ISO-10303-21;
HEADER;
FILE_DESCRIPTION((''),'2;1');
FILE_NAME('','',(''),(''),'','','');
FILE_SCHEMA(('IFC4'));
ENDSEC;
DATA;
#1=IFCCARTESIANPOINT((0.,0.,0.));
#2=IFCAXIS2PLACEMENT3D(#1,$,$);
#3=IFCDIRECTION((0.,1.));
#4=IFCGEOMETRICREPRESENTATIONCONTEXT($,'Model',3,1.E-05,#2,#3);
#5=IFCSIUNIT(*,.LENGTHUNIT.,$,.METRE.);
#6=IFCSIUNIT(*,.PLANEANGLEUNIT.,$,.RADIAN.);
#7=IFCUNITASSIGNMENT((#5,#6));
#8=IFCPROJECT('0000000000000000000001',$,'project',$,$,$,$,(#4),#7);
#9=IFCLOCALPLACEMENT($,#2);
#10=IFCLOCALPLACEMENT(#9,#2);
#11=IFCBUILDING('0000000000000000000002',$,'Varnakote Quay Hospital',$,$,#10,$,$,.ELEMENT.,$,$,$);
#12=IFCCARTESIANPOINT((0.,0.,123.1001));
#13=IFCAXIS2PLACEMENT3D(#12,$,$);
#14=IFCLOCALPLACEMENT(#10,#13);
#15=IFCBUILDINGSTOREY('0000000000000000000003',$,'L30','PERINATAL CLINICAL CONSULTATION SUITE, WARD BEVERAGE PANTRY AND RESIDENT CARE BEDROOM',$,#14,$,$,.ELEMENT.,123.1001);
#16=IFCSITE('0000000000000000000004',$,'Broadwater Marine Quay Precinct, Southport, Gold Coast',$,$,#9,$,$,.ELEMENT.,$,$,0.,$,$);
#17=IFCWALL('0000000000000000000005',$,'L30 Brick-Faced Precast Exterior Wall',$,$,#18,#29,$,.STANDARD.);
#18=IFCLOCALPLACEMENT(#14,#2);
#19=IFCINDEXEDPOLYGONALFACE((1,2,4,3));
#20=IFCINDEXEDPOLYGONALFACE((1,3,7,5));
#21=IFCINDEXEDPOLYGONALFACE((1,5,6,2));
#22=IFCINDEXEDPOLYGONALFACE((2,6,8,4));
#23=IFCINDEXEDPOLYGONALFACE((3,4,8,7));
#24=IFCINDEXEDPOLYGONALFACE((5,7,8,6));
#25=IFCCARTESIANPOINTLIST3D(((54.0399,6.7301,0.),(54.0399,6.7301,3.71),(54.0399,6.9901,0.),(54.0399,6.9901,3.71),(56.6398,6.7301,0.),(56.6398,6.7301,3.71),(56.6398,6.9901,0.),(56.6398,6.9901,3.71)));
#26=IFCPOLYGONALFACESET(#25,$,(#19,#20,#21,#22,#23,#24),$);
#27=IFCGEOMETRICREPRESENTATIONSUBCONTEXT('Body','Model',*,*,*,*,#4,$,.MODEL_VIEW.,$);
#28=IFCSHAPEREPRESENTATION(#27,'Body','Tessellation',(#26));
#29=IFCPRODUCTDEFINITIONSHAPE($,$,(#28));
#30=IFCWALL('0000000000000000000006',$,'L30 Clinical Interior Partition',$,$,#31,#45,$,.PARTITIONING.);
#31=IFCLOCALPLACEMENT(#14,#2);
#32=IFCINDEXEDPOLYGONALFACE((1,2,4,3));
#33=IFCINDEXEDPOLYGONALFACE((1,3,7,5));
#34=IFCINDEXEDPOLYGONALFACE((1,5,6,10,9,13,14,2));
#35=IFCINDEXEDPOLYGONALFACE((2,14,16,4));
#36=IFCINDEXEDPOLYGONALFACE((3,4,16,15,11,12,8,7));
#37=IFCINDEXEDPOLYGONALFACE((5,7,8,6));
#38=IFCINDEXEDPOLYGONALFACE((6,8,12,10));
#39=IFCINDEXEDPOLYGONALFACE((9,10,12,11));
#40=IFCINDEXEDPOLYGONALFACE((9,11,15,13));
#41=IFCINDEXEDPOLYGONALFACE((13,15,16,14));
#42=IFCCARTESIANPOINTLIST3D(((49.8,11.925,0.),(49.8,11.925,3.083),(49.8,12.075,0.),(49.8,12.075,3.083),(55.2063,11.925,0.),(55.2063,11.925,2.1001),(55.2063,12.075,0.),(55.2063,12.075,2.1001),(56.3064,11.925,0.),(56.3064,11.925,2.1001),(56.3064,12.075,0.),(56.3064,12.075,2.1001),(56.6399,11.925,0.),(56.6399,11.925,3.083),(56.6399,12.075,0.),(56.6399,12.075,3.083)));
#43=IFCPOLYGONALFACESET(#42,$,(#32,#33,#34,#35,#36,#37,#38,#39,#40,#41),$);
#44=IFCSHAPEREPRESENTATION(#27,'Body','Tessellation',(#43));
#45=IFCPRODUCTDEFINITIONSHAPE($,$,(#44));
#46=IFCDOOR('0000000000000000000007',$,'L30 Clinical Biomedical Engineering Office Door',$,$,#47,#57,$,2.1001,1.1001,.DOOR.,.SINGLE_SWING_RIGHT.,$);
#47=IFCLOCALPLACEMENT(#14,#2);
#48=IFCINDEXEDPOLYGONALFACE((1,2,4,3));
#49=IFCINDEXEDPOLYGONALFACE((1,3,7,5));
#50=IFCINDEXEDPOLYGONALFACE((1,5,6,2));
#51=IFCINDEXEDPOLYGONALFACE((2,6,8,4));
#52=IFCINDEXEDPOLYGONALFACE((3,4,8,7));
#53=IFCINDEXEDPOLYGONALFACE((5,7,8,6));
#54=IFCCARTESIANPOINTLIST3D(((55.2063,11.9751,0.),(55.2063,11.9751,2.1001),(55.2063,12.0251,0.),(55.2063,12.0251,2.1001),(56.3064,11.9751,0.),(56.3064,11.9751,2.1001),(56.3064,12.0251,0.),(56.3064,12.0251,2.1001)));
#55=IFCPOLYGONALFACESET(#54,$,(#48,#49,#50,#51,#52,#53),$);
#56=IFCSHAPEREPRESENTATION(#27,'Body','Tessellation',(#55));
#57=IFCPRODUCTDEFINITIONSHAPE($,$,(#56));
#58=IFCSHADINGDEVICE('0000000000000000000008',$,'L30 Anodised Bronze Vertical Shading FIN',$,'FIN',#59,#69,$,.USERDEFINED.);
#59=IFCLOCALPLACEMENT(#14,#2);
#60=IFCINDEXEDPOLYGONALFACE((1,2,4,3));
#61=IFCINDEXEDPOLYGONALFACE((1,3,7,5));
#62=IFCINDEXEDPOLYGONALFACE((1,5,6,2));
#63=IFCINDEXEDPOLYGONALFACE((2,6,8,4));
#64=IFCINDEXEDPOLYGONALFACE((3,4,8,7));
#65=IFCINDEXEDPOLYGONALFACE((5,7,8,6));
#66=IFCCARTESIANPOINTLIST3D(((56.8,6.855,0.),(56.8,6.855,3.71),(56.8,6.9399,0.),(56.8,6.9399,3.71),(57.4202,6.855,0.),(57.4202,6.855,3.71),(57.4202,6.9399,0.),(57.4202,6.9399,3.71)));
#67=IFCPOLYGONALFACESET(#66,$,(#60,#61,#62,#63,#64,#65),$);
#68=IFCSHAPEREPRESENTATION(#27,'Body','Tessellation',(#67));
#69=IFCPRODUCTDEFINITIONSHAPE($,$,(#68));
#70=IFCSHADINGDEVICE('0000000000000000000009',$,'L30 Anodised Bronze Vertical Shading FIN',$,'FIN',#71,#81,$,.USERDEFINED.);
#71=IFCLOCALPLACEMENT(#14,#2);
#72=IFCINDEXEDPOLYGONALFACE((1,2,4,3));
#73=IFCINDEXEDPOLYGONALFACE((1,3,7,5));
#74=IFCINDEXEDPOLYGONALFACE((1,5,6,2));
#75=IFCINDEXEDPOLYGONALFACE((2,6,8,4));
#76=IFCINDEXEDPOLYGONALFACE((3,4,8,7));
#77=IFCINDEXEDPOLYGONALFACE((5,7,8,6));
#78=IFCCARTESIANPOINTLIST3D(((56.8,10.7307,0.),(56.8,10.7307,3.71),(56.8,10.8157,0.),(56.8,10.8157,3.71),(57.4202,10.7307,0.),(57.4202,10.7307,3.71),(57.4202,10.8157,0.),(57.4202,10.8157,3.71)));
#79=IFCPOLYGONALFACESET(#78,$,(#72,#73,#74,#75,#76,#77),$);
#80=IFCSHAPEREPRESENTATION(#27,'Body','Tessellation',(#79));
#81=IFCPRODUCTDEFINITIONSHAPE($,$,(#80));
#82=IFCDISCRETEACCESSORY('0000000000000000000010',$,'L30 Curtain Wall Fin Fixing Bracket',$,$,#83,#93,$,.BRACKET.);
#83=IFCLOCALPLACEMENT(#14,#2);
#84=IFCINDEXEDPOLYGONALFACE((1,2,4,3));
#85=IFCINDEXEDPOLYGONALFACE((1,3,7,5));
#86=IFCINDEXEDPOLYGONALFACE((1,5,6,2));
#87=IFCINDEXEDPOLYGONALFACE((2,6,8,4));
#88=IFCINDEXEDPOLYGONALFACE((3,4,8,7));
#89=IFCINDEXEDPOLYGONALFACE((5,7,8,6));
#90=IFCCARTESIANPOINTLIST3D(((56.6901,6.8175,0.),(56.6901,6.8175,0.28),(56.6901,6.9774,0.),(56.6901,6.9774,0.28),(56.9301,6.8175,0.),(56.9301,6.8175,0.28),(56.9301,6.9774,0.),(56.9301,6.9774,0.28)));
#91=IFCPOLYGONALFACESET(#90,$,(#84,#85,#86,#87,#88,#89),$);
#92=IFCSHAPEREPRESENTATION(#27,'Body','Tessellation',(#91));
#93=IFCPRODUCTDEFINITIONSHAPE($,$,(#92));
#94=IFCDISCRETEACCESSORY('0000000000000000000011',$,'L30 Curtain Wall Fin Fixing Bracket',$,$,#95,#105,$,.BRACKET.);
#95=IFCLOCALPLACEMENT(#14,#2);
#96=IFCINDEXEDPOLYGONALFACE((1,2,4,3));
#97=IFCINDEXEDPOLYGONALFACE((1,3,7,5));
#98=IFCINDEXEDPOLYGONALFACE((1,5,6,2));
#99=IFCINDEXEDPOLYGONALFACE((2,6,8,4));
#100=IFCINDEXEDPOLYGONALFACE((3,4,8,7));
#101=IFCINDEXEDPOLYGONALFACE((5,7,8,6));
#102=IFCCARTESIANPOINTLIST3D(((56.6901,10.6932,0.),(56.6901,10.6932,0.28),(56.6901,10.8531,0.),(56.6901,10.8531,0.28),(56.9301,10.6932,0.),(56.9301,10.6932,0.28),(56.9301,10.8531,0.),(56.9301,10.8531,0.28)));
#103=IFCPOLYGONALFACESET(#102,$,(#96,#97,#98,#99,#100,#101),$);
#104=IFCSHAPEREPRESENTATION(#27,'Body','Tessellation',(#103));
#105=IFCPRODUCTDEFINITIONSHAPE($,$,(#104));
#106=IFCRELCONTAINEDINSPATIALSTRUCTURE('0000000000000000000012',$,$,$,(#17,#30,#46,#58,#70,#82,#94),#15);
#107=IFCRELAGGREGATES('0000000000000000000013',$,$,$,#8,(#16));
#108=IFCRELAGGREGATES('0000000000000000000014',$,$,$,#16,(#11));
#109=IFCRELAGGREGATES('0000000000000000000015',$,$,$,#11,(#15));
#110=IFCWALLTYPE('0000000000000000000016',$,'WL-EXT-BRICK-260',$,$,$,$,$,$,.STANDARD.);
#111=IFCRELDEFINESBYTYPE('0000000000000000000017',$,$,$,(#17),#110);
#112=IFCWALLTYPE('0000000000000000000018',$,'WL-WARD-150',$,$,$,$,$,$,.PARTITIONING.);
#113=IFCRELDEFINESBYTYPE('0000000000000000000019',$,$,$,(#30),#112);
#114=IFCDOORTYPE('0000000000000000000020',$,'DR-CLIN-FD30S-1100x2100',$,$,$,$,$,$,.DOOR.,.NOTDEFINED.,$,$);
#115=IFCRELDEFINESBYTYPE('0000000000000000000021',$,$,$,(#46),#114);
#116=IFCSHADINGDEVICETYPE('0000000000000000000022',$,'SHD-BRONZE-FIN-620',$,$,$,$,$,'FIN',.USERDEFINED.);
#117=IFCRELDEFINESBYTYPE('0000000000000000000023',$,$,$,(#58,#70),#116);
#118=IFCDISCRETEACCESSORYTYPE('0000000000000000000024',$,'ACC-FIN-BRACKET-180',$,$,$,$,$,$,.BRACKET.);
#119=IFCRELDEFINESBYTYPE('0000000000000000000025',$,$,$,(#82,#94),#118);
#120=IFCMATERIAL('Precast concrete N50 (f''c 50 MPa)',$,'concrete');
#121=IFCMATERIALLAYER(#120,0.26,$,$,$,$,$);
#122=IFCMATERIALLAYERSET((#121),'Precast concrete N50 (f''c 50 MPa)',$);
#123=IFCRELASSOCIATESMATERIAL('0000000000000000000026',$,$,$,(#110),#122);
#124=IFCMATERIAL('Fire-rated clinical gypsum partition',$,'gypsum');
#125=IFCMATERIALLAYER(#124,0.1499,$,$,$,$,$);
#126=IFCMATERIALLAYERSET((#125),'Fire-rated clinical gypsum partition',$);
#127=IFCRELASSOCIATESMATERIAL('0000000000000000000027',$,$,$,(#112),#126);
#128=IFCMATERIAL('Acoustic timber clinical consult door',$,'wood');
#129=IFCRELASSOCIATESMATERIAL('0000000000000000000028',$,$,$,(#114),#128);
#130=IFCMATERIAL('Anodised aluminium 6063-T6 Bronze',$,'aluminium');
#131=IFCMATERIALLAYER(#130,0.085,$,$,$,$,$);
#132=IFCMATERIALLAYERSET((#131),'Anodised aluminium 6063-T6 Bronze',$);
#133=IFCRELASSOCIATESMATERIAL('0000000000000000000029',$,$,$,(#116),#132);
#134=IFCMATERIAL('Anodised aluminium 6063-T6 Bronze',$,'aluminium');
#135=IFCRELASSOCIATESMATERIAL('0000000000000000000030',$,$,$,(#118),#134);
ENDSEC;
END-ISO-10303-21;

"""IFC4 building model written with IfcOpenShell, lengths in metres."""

from ifc_helpers import new_model, si_unit, direction, frame, frame_2d, origin, origin_2d, place, context, subcontext, project, spatial, rectangle, extrude, material, layer, layer_set, type_object, element, fill, save


model = new_model("IFC4")

# Units and contexts
model_context = context("Model", 3, precision=1e-05, world=origin(), true_north=direction((0.0, 1.0)))
body_context = subcontext(model_context, "Body", "Model", "MODEL_VIEW")
ifc_project = project(units=[si_unit("LENGTHUNIT", "METRE"), si_unit("PLANEANGLEUNIT", "RADIAN")], contexts=[model_context])

# Site, building, storey
site_placement = place(None, origin())
site = spatial("IfcSite", under=ifc_project, at=site_placement, Name="Broadwater Marine Quay Precinct, Southport, Gold Coast", CompositionType="ELEMENT", RefElevation=0.0)
building_placement = place(site_placement, origin())
building = spatial("IfcBuilding", under=site, at=building_placement, Name="Varnakote Quay Hospital", CompositionType="ELEMENT")
storey_placement = place(building_placement, frame((0.0, 0.0, 123.1001)))
storey = spatial("IfcBuildingStorey", under=building, at=storey_placement, Name="L30", Description="PERINATAL CLINICAL CONSULTATION SUITE, WARD BEVERAGE PANTRY AND RESIDENT CARE BEDROOM", CompositionType="ELEMENT", Elevation=123.1001)

# Wall
ifc_material_1 = material(Name="Precast concrete N50 (f'c 50 MPa)", Category="concrete")
ifc_layer_1 = layer(ifc_material_1, 0.26)
ifc_layer_set_1 = layer_set([ifc_layer_1], Name="Precast concrete N50 (f'c 50 MPa)")
wall_type_1 = type_object("IfcWallType", Name="WL-EXT-BRICK-260", PredefinedType="STANDARD", material=ifc_layer_set_1)
wall_1_placement = place(storey_placement, frame((54.04, 6.8601, 0.0), z_axis=(0.0, 0.0, 1.0), x_axis=(1.0, 0.0, 0.0)))
element("IfcWall", 1, at=wall_1_placement, inside=storey, type_object=wall_type_1, Name="L30 Brick-Faced Precast Exterior Wall", PredefinedType="STANDARD", context=body_context, shape_type="SweptSolid", body=[
    extrude(rectangle(XDim=2.5999, YDim=0.26, at=frame_2d((1.2998, 0.0))), origin(), (0.0, 0.0, 1.0), 3.71),
])

# Wall, opening, door
ifc_material_2 = material(Name="Fire-rated clinical gypsum partition", Category="gypsum")
ifc_layer_2 = layer(ifc_material_2, 0.1499)
ifc_layer_set_2 = layer_set([ifc_layer_2], Name="Fire-rated clinical gypsum partition")
wall_type_2 = type_object("IfcWallType", Name="WL-WARD-150", PredefinedType="PARTITIONING", material=ifc_layer_set_2)
wall_2_placement = place(storey_placement, frame((56.6399, 12.0, 0.0), z_axis=(0.0, 0.0, 1.0), x_axis=(-1.0, 0.0, 0.0)))
wall_2 = element("IfcWall", 2, at=wall_2_placement, inside=storey, type_object=wall_type_2, Name="L30 Clinical Interior Partition", PredefinedType="PARTITIONING", context=body_context, shape_type="SweptSolid", body=[
    extrude(rectangle(XDim=6.8398, YDim=0.1499, at=frame_2d((3.4199, 0.0))), origin(), (0.0, 0.0, 1.0), 3.083),
])
opening_placement = place(wall_2_placement, frame((0.3335, 0.0, 0.0)))
opening = element("IfcOpeningElement", 3, at=opening_placement, cuts=wall_2, PredefinedType="OPENING", context=body_context, shape_type="SweptSolid", body=[
    extrude(rectangle(XDim=1.1001, YDim=2.1001, at=frame_2d((0.55, 1.05))), frame((0.0, 0.085, 0.0), z_axis=(0.0, -1.0, 0.0), x_axis=(1.0, 0.0, 0.0)), (0.0, 0.0, 1.0), 0.1699),
])
ifc_material_3 = material(Name="Acoustic timber clinical consult door", Category="wood")
door_type = type_object("IfcDoorType", Name="DR-CLIN-FD30S-1100x2100", OperationType="NOTDEFINED", PredefinedType="DOOR", material=ifc_material_3)
door_placement = place(opening_placement, origin())
door = element("IfcDoor", 4, at=door_placement, inside=storey, type_object=door_type, Name="L30 Clinical Biomedical Engineering Office Door", OperationType="SINGLE_SWING_RIGHT", OverallHeight=2.1001, OverallWidth=1.1001, PredefinedType="DOOR", context=body_context, shape_type="SweptSolid", body=[
    extrude(rectangle(XDim=1.1001, YDim=2.1001, at=frame_2d((0.55, 1.05))), frame((0.0, 0.0249, 0.0), z_axis=(0.0, -1.0, 0.0), x_axis=(1.0, 0.0, 0.0)), (0.0, 0.0, 1.0), 0.05),
])
fill(opening, door)

# Shading devices
ifc_material_4 = material(Name="Anodised aluminium 6063-T6 Bronze", Category="aluminium")
ifc_layer_3 = layer(ifc_material_4, 0.085)
ifc_layer_set_3 = layer_set([ifc_layer_3], Name="Anodised aluminium 6063-T6 Bronze")
shading_device_type = type_object("IfcShadingDeviceType", Name="SHD-BRONZE-FIN-620", ElementType="FIN", PredefinedType="USERDEFINED", material=ifc_layer_set_3)
for number, where, z_axis, x_axis, name in (
    (5, (57.1101, 6.8975, 0.0), (0.0, 0.0, 1.0), (-1.0, 0.0, 0.0), "L30 Anodised Bronze Vertical Shading FIN"),
    (6, (57.1101, 10.7732, 0.0), (0.0, 0.0, 1.0), (-1.0, 0.0, 0.0), "L30 Anodised Bronze Vertical Shading FIN"),
):
    element("IfcShadingDevice", number, at=place(storey_placement, frame(where, z_axis=z_axis, x_axis=x_axis)), inside=storey, type_object=shading_device_type, Name=name, ObjectType="FIN", PredefinedType="USERDEFINED", context=body_context, shape_type="SweptSolid", body=[
        extrude(rectangle(XDim=0.6201, YDim=0.085, at=origin_2d()), origin(), (0.0, 0.0, 1.0), 3.71),
    ])

# Discrete accessories
ifc_material_5 = material(Name="Anodised aluminium 6063-T6 Bronze", Category="aluminium")
discrete_accessory_type = type_object("IfcDiscreteAccessoryType", Name="ACC-FIN-BRACKET-180", PredefinedType="BRACKET", material=ifc_material_5)
for number, where, z_axis, x_axis, name in (
    (7, (56.8101, 6.8975, 0.0), (0.0, 0.0, 1.0), (0.0, 1.0, 0.0), "L30 Curtain Wall Fin Fixing Bracket"),
    (8, (56.8101, 10.7732, 0.0), (0.0, 0.0, 1.0), (0.0, 1.0, 0.0), "L30 Curtain Wall Fin Fixing Bracket"),
):
    element("IfcDiscreteAccessory", number, at=place(storey_placement, frame(where, z_axis=z_axis, x_axis=x_axis)), inside=storey, type_object=discrete_accessory_type, Name=name, PredefinedType="BRACKET", context=body_context, shape_type="SweptSolid", body=[
        extrude(rectangle(XDim=0.1599, YDim=0.24, at=origin_2d()), origin(), (0.0, 0.0, 1.0), 0.28),
    ])

save(model, "model.ifc")
